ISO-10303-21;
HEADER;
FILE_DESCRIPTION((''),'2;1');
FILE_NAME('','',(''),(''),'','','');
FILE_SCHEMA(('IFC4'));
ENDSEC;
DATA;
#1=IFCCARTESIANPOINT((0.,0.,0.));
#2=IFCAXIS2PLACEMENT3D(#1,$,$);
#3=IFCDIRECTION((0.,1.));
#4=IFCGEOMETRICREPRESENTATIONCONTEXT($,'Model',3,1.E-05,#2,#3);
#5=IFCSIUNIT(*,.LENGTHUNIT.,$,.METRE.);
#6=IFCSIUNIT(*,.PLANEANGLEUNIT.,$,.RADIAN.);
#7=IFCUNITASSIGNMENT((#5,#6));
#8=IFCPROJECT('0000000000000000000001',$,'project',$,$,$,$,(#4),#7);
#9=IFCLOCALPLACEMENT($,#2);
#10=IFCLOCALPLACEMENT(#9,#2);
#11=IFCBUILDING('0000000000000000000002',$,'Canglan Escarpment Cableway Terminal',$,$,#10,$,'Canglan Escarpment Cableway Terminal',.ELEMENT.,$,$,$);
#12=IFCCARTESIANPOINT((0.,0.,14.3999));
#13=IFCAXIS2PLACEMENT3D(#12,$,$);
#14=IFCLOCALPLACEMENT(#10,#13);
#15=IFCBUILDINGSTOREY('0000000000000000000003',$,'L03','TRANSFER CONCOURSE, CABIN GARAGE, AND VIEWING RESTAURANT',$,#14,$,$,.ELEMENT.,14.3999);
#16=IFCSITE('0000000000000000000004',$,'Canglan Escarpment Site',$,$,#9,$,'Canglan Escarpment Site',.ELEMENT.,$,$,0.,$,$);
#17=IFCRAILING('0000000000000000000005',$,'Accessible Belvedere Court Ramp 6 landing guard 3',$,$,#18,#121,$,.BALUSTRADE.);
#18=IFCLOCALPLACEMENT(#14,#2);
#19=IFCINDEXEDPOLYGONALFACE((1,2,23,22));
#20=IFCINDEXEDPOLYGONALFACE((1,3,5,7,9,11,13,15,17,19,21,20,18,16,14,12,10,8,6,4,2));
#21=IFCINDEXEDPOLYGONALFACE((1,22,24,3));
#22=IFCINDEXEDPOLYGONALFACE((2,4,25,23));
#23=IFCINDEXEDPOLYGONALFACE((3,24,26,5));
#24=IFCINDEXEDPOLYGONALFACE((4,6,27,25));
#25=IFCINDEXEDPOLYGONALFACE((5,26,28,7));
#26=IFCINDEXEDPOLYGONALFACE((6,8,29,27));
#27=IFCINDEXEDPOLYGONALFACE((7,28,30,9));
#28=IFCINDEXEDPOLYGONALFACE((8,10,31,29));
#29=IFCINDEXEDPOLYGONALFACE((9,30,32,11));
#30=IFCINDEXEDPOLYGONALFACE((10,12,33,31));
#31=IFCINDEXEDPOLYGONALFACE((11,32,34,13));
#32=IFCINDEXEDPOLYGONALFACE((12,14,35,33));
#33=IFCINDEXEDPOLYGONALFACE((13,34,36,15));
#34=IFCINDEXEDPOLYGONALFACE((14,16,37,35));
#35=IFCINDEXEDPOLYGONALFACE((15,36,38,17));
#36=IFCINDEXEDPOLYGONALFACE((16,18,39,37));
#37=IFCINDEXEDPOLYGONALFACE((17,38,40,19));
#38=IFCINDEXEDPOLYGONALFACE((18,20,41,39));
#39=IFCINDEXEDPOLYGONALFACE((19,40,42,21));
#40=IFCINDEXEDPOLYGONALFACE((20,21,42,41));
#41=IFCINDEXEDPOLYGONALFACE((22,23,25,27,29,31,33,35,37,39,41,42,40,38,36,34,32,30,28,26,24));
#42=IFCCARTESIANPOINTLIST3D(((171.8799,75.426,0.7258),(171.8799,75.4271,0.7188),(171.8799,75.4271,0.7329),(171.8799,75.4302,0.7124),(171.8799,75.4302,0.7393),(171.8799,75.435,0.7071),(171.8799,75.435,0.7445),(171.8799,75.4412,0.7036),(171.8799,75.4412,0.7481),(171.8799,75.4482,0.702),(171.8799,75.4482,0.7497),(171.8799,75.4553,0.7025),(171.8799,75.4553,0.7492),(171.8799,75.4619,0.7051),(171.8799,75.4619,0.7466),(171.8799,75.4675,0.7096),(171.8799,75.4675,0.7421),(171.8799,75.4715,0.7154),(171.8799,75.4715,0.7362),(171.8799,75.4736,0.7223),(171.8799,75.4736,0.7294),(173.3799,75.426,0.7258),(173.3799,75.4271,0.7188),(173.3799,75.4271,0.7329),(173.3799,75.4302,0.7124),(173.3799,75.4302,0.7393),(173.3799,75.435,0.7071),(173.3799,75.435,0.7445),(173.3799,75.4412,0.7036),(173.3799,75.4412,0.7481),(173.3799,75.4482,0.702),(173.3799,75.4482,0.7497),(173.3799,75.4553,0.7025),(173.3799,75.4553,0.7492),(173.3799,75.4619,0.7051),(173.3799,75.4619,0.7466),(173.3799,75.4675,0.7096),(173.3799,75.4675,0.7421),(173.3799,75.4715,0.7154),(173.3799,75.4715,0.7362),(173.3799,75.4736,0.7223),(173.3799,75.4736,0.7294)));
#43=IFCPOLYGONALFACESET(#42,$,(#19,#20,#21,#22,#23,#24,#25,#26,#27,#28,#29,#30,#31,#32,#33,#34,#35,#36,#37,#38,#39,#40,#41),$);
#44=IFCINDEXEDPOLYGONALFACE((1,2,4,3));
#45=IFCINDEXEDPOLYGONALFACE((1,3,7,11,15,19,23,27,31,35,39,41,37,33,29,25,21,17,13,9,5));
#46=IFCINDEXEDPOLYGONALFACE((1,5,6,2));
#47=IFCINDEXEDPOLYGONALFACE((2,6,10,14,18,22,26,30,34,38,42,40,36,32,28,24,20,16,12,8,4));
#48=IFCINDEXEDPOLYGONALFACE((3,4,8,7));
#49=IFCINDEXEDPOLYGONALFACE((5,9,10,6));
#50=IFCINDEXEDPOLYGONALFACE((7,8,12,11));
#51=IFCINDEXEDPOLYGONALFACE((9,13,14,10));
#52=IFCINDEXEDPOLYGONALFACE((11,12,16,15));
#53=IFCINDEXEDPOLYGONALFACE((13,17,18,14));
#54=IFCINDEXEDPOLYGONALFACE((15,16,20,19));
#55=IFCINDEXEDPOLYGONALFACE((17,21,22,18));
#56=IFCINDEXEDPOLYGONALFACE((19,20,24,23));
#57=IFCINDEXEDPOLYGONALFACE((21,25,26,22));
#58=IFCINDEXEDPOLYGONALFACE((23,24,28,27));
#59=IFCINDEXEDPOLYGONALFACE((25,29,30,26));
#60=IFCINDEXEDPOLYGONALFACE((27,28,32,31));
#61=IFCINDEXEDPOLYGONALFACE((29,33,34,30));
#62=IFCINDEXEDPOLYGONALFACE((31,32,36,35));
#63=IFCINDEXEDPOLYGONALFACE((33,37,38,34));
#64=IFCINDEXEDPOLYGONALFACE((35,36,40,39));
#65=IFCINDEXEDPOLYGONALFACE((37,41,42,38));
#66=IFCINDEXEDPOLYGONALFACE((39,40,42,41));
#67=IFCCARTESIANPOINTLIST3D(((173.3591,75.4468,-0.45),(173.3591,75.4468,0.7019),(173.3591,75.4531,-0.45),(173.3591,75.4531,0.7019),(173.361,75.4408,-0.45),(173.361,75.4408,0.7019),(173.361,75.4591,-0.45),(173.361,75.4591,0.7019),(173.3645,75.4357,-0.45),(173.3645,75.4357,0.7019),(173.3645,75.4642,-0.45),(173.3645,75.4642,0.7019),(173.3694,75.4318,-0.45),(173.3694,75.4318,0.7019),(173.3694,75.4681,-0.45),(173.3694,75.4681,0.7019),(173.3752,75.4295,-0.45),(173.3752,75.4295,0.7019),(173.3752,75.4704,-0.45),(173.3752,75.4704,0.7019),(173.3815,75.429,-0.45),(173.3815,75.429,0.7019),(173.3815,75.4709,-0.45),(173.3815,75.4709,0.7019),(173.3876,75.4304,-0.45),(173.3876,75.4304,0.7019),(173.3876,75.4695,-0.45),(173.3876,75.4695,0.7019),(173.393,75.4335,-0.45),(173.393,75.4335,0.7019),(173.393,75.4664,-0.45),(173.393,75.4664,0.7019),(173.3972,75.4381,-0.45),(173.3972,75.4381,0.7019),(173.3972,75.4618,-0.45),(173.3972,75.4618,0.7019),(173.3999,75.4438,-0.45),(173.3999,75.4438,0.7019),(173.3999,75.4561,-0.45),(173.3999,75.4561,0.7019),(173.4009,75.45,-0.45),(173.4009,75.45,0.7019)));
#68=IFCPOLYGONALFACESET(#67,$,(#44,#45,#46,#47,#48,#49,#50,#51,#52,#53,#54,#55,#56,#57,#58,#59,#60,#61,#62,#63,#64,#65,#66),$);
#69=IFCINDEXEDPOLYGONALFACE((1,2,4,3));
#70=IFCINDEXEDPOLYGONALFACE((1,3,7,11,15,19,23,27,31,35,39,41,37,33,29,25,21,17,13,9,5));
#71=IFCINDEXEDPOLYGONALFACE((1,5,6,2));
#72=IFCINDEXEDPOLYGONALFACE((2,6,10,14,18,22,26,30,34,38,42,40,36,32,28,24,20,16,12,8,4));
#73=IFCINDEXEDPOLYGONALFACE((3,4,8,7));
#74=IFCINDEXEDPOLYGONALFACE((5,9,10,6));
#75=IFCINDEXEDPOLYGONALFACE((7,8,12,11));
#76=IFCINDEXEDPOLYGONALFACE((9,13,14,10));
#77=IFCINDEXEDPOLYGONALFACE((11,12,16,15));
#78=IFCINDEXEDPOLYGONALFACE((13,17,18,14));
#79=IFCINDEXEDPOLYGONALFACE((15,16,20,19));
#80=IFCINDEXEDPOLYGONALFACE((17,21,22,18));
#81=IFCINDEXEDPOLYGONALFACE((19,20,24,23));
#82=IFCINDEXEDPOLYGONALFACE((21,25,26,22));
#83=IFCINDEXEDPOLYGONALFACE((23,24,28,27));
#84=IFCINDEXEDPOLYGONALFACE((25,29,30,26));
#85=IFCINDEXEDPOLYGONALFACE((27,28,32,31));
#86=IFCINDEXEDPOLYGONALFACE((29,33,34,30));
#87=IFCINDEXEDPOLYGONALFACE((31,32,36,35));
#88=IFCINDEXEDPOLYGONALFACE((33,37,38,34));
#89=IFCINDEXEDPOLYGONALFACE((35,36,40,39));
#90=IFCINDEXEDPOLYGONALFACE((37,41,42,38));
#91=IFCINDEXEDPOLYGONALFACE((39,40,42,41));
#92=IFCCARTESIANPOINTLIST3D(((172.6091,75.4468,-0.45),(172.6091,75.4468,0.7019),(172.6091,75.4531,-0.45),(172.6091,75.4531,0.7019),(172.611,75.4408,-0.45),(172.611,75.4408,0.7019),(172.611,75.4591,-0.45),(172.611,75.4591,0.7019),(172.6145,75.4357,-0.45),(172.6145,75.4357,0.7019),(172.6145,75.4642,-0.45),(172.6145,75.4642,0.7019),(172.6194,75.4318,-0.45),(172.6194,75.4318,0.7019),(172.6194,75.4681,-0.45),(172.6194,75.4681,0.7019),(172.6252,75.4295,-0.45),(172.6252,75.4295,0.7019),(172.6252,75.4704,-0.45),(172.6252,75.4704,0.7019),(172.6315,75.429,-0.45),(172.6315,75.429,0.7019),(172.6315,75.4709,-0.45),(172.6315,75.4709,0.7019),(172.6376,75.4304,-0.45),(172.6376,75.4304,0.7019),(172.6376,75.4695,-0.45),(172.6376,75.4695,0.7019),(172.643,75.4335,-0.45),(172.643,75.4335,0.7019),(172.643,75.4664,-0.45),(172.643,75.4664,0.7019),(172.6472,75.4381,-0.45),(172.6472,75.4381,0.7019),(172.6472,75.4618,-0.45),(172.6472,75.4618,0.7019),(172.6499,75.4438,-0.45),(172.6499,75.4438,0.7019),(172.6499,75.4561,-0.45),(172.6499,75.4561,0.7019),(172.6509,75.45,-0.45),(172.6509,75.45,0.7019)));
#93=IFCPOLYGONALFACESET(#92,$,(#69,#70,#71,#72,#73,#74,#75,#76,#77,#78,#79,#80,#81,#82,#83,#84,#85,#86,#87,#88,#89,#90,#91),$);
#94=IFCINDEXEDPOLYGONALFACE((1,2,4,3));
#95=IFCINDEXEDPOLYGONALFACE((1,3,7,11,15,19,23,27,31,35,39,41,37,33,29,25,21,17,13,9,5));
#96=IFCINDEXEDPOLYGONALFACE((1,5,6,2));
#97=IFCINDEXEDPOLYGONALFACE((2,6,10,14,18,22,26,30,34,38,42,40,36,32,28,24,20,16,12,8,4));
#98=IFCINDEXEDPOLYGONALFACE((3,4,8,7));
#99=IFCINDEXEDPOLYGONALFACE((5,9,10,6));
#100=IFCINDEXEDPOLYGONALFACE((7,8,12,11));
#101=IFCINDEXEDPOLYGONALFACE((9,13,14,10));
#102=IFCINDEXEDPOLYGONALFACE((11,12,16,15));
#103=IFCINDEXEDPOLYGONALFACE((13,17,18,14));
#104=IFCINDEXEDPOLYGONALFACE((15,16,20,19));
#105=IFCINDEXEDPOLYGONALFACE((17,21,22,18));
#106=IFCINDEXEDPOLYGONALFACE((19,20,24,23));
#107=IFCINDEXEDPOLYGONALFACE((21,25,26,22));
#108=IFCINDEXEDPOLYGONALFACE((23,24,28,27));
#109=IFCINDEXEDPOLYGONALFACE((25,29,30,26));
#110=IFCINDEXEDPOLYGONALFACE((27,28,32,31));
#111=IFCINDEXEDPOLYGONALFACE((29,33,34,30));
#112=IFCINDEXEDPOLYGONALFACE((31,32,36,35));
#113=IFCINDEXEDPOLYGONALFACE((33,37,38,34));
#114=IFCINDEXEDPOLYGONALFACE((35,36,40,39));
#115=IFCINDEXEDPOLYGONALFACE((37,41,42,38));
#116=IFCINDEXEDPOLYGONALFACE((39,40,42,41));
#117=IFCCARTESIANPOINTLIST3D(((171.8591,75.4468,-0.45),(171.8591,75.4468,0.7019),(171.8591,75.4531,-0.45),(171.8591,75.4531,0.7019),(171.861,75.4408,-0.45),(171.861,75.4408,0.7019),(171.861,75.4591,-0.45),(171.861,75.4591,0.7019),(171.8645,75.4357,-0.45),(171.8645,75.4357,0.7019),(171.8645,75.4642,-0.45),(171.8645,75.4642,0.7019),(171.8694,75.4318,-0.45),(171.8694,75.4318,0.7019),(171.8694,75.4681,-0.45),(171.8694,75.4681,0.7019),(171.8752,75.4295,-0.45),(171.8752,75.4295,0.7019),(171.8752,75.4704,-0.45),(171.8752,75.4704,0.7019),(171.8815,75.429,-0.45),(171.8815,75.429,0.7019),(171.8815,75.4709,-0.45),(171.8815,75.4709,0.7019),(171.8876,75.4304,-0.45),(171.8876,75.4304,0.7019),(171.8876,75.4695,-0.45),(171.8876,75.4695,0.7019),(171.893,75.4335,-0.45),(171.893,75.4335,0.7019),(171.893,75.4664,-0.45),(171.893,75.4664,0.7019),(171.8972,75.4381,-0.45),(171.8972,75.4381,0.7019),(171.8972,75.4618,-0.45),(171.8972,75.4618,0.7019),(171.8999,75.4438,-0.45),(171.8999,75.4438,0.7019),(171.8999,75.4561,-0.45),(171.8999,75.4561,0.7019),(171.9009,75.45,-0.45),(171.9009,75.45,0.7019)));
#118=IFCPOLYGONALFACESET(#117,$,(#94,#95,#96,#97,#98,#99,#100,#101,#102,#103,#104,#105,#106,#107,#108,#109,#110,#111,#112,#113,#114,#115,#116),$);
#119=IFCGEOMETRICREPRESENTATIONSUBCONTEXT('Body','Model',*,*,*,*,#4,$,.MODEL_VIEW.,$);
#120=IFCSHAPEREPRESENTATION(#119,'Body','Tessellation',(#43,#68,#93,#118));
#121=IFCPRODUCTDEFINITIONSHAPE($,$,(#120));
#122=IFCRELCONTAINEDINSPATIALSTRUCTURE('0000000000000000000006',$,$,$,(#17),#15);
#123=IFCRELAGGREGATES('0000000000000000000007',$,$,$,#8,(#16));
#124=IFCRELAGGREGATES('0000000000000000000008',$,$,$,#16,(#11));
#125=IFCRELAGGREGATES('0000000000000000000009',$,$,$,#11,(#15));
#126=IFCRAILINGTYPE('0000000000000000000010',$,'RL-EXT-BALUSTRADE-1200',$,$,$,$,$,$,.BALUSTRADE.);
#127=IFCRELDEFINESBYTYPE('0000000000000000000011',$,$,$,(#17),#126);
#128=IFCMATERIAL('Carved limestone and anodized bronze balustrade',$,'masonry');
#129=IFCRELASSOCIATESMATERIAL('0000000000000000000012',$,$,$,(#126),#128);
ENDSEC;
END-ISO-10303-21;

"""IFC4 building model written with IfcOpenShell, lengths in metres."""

from ifc_helpers import new_model, si_unit, direction, frame, origin, origin_2d, place, context, subcontext, project, spatial, circle, extrude, material, type_object, element, save


model = new_model("IFC4")

# Units and contexts
model_context = context("Model", 3, precision=1e-05, world=origin(), true_north=direction((0.0, 1.0)))
body_context = subcontext(model_context, "Body", "Model", "MODEL_VIEW")
ifc_project = project(units=[si_unit("LENGTHUNIT", "METRE"), si_unit("PLANEANGLEUNIT", "RADIAN")], contexts=[model_context])

# Site, building, storey
site_placement = place(None, origin())
site = spatial("IfcSite", under=ifc_project, at=site_placement, Name="Canglan Escarpment Site", LongName="Canglan Escarpment Site", CompositionType="ELEMENT", RefElevation=0.0)
building_placement = place(site_placement, origin())
building = spatial("IfcBuilding", under=site, at=building_placement, Name="Canglan Escarpment Cableway Terminal", LongName="Canglan Escarpment Cableway Terminal", CompositionType="ELEMENT")
storey_placement = place(building_placement, frame((0.0, 0.0, 14.3999)))
storey = spatial("IfcBuildingStorey", under=building, at=storey_placement, Name="L03", Description="TRANSFER CONCOURSE, CABIN GARAGE, AND VIEWING RESTAURANT", CompositionType="ELEMENT", Elevation=14.3999)

# Railing
ifc_material_1 = material(Name="Carved limestone and anodized bronze balustrade", Category="masonry")
railing_type_1 = type_object("IfcRailingType", Name="RL-EXT-BALUSTRADE-1200", PredefinedType="BALUSTRADE", material=ifc_material_1)
railing_1_placement = place(storey_placement, frame((173.3799, 75.45, -0.45)))
element("IfcRailing", 1, at=railing_1_placement, inside=storey, type_object=railing_type_1, Name="Accessible Belvedere Court Ramp 6 landing guard 3", PredefinedType="BALUSTRADE", context=body_context, shape_type="SweptSolid", body=[
    extrude(circle(Radius=0.0239, at=origin_2d()), frame((0.0, 0.0, 1.1758), z_axis=(-1.0, 0.0, 0.0), x_axis=(0.0, -1.0, 0.0)), (0.0, 0.0, 1.0), 1.5),
    extrude(circle(Radius=0.021, at=origin_2d()), origin(), (0.0, 0.0, 1.0), 1.1519),
    extrude(circle(Radius=0.021, at=origin_2d()), frame((-0.75, 0.0, 0.0)), (0.0, 0.0, 1.0), 1.1519),
    extrude(circle(Radius=0.021, at=origin_2d()), frame((-1.5, 0.0, 0.0)), (0.0, 0.0, 1.0), 1.1519),
])

save(model, "model.ifc")
